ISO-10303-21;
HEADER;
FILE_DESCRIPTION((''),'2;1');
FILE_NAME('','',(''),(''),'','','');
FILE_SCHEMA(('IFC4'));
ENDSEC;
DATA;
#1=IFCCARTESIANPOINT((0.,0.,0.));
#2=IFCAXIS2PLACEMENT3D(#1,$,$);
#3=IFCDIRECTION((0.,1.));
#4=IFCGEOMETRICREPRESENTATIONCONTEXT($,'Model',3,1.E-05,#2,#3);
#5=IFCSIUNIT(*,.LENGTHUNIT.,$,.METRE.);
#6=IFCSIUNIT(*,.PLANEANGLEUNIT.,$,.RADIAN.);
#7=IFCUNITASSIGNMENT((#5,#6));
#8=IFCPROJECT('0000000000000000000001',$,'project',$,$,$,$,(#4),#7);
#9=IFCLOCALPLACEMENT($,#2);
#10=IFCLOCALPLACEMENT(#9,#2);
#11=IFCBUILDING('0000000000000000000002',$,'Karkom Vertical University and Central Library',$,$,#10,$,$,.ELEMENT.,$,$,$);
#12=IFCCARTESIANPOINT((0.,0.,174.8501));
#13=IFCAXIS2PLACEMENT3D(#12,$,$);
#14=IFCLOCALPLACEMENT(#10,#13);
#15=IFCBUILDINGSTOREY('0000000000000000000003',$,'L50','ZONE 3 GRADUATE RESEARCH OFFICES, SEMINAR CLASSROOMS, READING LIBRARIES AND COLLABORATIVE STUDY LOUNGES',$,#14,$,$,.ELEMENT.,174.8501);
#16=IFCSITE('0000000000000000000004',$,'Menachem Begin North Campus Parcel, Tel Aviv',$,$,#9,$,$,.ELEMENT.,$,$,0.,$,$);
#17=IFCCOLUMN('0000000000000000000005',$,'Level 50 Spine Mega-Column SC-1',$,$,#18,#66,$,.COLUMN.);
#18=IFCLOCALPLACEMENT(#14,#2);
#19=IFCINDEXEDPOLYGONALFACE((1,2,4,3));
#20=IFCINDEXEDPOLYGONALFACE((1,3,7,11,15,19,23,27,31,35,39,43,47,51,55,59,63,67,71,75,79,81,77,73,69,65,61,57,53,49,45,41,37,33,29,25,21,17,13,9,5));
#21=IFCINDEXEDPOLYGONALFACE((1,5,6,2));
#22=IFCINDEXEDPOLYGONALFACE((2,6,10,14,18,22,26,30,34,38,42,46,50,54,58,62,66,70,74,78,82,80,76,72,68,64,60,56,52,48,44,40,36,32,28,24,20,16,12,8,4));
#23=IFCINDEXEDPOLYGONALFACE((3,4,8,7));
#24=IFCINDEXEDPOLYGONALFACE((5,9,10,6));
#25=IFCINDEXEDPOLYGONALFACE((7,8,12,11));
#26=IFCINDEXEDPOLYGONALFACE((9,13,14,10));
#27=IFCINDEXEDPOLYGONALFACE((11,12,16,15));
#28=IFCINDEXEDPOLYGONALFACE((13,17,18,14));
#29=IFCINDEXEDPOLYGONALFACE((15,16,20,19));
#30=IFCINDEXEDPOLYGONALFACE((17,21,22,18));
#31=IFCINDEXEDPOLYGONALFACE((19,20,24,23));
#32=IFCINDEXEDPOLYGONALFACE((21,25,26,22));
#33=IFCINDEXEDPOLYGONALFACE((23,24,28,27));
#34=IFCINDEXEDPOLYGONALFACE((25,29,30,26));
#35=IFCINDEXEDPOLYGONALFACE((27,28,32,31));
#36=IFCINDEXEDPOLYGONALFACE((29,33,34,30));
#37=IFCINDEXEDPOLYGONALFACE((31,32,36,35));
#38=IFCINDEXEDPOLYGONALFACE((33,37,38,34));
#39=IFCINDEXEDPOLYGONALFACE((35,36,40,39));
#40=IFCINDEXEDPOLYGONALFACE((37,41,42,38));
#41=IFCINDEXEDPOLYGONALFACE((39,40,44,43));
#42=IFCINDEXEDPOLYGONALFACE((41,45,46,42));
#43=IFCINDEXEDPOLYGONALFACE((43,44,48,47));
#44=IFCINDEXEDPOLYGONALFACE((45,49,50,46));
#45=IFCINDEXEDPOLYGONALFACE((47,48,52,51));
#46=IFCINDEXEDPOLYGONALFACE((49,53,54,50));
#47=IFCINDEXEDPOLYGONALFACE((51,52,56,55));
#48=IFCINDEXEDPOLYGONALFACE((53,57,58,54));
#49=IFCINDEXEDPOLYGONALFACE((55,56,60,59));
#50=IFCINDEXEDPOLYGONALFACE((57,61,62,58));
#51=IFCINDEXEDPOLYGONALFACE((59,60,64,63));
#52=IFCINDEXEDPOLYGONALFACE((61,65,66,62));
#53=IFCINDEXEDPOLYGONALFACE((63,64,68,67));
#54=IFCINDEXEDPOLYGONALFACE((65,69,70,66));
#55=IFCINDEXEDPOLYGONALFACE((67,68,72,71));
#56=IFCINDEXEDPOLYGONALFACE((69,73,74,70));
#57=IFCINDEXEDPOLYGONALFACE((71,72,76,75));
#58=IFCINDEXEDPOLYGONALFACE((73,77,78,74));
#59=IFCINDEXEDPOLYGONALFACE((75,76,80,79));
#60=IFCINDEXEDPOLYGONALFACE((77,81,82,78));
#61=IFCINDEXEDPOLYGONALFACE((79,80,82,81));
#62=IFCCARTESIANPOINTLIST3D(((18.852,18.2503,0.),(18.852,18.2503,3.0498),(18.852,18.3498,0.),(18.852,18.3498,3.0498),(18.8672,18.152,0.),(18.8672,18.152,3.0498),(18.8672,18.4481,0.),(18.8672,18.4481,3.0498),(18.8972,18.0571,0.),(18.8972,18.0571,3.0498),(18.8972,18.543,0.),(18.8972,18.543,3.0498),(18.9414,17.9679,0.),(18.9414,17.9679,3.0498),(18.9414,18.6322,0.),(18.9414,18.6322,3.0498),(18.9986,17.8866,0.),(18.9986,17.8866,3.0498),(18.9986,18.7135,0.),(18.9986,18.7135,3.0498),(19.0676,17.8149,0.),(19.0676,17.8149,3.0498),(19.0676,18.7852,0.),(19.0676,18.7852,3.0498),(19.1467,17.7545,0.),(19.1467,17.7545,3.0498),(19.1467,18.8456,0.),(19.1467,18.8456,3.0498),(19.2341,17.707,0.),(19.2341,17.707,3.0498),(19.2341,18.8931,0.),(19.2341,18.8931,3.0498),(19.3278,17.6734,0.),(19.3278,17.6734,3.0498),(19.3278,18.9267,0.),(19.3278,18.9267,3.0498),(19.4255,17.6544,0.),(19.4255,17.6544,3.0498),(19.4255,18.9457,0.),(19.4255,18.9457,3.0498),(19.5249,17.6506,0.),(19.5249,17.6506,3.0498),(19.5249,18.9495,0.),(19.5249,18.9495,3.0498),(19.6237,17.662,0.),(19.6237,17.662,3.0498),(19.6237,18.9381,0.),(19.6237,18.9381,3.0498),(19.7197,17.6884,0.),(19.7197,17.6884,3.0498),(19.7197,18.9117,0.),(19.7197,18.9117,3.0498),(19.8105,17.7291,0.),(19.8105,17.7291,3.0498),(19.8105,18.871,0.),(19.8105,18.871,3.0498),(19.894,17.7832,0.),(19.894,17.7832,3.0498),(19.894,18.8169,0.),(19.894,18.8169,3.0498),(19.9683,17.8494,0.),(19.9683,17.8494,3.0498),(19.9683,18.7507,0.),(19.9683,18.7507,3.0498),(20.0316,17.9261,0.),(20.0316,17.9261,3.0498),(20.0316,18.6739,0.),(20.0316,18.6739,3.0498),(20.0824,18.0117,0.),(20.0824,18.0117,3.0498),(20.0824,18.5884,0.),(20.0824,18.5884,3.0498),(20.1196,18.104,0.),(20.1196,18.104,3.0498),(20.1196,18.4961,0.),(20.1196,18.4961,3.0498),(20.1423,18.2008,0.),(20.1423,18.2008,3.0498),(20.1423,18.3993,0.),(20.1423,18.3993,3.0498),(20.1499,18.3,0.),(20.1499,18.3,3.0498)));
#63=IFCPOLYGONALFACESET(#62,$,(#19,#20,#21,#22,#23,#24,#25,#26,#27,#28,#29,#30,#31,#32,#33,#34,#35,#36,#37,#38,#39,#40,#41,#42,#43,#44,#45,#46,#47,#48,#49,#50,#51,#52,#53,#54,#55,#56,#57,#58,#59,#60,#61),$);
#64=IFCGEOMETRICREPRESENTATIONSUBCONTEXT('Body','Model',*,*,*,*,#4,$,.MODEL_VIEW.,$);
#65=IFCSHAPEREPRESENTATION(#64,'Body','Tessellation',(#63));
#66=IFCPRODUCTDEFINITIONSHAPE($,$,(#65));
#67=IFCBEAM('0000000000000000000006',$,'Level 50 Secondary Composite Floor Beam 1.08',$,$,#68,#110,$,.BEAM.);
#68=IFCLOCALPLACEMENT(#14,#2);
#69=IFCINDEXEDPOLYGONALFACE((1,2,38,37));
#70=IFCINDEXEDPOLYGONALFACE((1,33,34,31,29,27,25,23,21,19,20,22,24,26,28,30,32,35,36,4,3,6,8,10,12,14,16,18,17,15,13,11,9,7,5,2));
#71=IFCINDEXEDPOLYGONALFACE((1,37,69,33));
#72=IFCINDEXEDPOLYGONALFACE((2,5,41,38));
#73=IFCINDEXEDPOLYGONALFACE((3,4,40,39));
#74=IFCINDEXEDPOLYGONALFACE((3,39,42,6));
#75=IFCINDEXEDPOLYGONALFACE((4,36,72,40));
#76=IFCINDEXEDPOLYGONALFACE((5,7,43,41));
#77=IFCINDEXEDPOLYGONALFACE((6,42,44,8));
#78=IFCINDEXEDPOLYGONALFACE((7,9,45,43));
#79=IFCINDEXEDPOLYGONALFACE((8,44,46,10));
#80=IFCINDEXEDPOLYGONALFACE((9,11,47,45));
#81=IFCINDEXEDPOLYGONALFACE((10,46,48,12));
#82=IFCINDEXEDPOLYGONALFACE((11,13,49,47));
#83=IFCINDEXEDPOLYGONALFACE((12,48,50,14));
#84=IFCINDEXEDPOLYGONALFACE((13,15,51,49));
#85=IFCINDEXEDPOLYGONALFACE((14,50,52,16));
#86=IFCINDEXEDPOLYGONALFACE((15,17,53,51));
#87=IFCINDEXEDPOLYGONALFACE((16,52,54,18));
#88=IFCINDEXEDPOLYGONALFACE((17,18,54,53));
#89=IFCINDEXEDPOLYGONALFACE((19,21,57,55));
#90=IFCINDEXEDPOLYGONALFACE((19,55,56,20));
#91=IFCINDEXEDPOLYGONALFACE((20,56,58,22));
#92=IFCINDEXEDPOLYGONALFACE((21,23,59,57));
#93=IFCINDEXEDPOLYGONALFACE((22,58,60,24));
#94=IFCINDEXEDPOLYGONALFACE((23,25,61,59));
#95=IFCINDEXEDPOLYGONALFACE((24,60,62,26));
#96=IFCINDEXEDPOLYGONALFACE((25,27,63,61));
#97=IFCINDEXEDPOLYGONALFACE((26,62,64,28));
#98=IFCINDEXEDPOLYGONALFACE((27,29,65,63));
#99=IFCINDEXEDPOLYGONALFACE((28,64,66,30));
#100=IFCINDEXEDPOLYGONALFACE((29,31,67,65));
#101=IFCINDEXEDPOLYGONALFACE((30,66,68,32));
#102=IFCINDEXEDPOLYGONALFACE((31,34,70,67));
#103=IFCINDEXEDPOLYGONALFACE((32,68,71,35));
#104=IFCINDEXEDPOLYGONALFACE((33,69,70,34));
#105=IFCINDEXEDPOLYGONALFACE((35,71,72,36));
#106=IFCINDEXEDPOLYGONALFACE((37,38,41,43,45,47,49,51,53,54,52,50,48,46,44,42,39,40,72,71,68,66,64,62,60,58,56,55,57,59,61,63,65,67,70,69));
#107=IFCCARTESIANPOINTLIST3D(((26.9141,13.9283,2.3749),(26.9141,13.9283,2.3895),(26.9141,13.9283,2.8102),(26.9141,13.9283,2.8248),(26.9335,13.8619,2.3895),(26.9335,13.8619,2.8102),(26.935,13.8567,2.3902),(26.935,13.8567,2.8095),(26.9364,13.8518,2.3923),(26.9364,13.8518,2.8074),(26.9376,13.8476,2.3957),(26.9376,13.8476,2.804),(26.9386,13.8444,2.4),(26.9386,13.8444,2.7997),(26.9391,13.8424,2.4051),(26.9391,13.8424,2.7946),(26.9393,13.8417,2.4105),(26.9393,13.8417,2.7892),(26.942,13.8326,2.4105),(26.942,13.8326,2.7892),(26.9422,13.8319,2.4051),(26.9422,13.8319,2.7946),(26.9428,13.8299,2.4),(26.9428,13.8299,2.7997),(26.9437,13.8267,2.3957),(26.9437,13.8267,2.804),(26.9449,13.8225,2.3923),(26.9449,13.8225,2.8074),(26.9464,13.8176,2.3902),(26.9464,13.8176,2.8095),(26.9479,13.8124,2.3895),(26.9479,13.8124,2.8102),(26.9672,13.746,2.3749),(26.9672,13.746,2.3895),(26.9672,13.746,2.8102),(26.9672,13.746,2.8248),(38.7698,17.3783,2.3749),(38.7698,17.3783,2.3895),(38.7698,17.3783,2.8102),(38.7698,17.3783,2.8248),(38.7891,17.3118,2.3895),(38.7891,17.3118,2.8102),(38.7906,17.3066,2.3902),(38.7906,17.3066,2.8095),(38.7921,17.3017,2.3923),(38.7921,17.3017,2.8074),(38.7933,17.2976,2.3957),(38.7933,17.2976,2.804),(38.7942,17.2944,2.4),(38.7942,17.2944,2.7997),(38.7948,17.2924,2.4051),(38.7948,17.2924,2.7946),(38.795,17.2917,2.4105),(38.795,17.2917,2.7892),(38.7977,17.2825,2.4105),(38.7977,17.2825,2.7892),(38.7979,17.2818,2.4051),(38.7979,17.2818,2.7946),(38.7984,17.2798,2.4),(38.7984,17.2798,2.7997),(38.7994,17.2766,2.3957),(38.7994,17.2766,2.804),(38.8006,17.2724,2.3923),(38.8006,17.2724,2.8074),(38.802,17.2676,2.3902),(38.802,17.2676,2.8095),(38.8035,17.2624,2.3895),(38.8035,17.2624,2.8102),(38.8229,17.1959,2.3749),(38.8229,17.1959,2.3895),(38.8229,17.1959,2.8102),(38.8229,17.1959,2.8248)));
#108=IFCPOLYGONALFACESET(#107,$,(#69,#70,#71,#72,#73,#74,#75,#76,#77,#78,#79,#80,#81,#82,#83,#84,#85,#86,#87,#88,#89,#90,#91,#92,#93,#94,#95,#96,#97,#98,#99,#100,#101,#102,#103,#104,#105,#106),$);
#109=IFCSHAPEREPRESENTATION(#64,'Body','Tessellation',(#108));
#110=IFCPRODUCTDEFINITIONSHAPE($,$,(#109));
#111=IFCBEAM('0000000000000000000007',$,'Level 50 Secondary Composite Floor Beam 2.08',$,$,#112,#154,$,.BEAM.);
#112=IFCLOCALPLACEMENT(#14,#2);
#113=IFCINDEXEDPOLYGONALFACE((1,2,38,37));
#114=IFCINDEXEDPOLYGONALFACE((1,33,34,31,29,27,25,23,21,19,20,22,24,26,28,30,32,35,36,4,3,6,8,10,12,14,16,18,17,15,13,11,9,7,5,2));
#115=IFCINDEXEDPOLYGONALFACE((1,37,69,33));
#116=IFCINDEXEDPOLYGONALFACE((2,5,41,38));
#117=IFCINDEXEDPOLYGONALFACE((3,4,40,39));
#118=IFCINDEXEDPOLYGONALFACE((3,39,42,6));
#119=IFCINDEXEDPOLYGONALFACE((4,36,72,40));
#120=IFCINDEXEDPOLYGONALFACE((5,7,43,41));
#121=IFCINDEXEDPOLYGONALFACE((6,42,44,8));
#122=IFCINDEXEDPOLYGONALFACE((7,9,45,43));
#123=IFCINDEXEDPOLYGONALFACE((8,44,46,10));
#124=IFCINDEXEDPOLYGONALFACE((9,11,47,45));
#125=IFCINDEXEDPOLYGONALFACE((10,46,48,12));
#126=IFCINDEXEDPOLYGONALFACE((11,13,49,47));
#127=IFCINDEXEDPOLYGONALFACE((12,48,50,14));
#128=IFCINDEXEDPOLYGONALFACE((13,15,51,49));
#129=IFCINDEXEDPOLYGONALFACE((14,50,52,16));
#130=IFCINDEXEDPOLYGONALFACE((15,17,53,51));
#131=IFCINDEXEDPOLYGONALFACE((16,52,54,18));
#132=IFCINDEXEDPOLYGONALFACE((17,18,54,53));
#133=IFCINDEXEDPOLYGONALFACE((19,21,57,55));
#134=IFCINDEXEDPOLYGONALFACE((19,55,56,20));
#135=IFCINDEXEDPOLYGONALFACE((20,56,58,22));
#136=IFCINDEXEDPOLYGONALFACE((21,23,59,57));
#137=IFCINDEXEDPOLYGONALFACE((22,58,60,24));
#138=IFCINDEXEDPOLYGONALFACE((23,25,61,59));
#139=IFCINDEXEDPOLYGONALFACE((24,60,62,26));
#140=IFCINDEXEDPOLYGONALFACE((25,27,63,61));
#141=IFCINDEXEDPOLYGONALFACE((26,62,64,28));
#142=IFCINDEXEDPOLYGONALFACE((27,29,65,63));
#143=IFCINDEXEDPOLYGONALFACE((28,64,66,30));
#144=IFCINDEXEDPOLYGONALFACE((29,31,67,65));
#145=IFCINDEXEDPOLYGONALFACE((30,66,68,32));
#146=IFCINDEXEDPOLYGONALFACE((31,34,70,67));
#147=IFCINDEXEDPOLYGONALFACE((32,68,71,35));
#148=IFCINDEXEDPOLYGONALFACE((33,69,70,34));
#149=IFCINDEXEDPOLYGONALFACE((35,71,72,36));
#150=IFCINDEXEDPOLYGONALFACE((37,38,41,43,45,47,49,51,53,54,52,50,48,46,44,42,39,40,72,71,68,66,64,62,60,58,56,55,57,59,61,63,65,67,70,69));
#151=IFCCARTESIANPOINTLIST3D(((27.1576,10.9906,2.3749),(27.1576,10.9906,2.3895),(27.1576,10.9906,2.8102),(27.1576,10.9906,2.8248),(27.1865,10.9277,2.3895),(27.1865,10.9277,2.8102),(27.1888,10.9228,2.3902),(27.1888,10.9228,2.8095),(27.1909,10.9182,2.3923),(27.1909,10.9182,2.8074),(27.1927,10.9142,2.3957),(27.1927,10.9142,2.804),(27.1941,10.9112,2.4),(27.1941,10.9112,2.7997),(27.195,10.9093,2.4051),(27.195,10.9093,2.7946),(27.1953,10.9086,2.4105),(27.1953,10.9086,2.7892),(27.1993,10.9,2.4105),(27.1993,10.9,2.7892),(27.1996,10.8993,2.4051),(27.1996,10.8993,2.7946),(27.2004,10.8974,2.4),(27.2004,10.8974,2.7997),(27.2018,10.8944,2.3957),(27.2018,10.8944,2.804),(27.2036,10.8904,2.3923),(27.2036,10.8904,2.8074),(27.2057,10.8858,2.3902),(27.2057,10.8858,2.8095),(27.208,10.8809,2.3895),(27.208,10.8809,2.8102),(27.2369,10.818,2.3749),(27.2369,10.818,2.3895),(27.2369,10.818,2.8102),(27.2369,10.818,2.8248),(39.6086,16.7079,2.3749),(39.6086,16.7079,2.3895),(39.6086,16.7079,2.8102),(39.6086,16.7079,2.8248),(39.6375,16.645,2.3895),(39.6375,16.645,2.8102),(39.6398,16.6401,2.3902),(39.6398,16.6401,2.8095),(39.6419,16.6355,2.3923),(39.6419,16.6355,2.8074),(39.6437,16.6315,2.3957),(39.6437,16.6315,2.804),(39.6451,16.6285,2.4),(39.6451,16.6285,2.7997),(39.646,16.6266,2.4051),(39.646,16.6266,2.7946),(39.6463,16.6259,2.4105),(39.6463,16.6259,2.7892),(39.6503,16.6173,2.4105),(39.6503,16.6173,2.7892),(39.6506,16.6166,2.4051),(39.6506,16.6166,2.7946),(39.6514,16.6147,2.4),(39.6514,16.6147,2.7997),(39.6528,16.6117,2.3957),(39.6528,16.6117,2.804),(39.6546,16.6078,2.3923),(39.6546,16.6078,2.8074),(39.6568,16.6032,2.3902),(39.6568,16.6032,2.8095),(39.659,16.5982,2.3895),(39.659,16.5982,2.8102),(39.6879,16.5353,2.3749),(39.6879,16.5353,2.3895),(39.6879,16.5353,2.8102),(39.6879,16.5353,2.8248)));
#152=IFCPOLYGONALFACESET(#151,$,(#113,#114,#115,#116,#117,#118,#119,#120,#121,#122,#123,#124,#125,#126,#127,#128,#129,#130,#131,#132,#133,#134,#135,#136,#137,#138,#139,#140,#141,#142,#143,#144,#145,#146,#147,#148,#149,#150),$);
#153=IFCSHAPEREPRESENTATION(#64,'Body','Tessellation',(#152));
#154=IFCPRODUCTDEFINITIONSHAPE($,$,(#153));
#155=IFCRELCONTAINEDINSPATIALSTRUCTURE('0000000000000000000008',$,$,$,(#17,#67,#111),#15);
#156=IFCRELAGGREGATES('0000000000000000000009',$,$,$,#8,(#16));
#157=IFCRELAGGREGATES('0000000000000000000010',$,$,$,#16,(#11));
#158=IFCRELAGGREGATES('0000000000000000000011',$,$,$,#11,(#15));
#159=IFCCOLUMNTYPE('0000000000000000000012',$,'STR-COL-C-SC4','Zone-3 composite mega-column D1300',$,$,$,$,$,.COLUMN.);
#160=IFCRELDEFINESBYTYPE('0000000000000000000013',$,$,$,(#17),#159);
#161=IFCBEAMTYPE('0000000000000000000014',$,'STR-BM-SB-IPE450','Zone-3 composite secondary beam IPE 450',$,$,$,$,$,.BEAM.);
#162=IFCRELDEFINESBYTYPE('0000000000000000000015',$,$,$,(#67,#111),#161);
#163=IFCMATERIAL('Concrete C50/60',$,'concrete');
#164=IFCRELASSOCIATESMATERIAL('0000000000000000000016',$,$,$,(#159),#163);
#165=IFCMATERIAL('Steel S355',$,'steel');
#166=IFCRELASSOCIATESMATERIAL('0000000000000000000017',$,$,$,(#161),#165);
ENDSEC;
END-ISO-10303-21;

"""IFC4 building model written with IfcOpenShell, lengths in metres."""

from ifc_helpers import new_model, si_unit, direction, frame, origin, origin_with_axes, origin_2d, place, context, subcontext, project, spatial, circle, i_section, extrude, source, transform, mapped, material, material_profile, profile_set, type_object, element, save


model = new_model("IFC4")

# Units and contexts
model_context = context("Model", 3, precision=1e-05, world=origin(), true_north=direction((0.0, 1.0)))
body_context = subcontext(model_context, "Body", "Model", "MODEL_VIEW")
ifc_project = project(units=[si_unit("LENGTHUNIT", "METRE"), si_unit("PLANEANGLEUNIT", "RADIAN")], contexts=[model_context])

# Site, building, storey
site_placement = place(None, origin())
site = spatial("IfcSite", under=ifc_project, at=site_placement, Name="Menachem Begin North Campus Parcel, Tel Aviv", CompositionType="ELEMENT", RefElevation=0.0)
building_placement = place(site_placement, origin())
building = spatial("IfcBuilding", under=site, at=building_placement, Name="Karkom Vertical University and Central Library", CompositionType="ELEMENT")
storey_placement = place(building_placement, frame((0.0, 0.0, 174.8501)))
storey = spatial("IfcBuildingStorey", under=building, at=storey_placement, Name="L50", Description="ZONE 3 GRADUATE RESEARCH OFFICES, SEMINAR CLASSROOMS, READING LIBRARIES AND COLLABORATIVE STUDY LOUNGES", CompositionType="ELEMENT", Elevation=174.8501)

# Column
ifc_material_1 = material(Name="Concrete C50/60", Category="concrete")
ifc_material_profile_1 = material_profile(ifc_material_1, circle(Radius=0.6499, at=origin_2d()), Name="CFT-D1300")
ifc_profile_set_1 = profile_set([ifc_material_profile_1], Name="Concrete C50/60")
column_type = type_object("IfcColumnType", Name="STR-COL-C-SC4", Description="Zone-3 composite mega-column D1300", PredefinedType="COLUMN", material=ifc_profile_set_1)
shared_shape_1 = source(origin_with_axes(), body_context, "Body", "SweptSolid", [
    extrude(circle(Radius=0.6499, at=origin_2d()), origin(), (0.0, 0.0, 1.0), 3.0498),
])
column_placement = place(storey_placement, frame((19.5, 18.3, 0.0), z_axis=(0.0, 0.0, 1.0), x_axis=(1.0, 0.0, 0.0)))
element("IfcColumn", 1, at=column_placement, inside=storey, type_object=column_type, Name="Level 50 Spine Mega-Column SC-1", PredefinedType="COLUMN", context=body_context, shape_type="MappedRepresentation", body=[
    mapped(shared_shape_1, transform((0.0, 0.0, 0.0), scale=1.0)),
])

# Beams
ifc_material_2 = material(Name="Steel S355", Category="steel")
ifc_material_profile_2 = material_profile(ifc_material_2, i_section(OverallWidth=0.1899, OverallDepth=0.45, WebThickness=0.0095, FlangeThickness=0.0146, FilletRadius=0.021, at=origin_2d()), Name="IPE 450")
ifc_profile_set_2 = profile_set([ifc_material_profile_2], Name="Steel S355")
beam_type_1 = type_object("IfcBeamType", Name="STR-BM-SB-IPE450", Description="Zone-3 composite secondary beam IPE 450", PredefinedType="BEAM", material=ifc_profile_set_2)
shared_shape_2 = source(origin_with_axes(), body_context, "Body", "SweptSolid", [
    extrude(i_section(OverallWidth=0.1899, OverallDepth=0.45, WebThickness=0.0095, FlangeThickness=0.0146, FilletRadius=0.021, at=origin_2d()), origin(), (0.0, 0.0, 1.0), 12.3474),
])
beam_1_placement = place(storey_placement, frame((26.9407, 13.8372, 2.5999), z_axis=(0.960173, 0.279405, 0.0), x_axis=(-0.279405, 0.960173, 0.0)))
element("IfcBeam", 2, at=beam_1_placement, inside=storey, type_object=beam_type_1, Name="Level 50 Secondary Composite Floor Beam 1.08", PredefinedType="BEAM", context=body_context, shape_type="MappedRepresentation", body=[
    mapped(shared_shape_2, transform((0.0, 0.0, 0.0), scale=1.0)),
])
shared_shape_3 = source(origin_with_axes(), body_context, "Body", "SweptSolid", [
    extrude(i_section(OverallWidth=0.1899, OverallDepth=0.45, WebThickness=0.0095, FlangeThickness=0.0146, FilletRadius=0.021, at=origin_2d()), origin(), (0.0, 0.0, 1.0), 13.7009),
])
beam_2_placement = place(storey_placement, frame((27.1973, 10.9043, 2.5999), z_axis=(0.908771, 0.417295, 0.0), x_axis=(-0.417295, 0.908771, 0.0)))
element("IfcBeam", 3, at=beam_2_placement, inside=storey, type_object=beam_type_1, Name="Level 50 Secondary Composite Floor Beam 2.08", PredefinedType="BEAM", context=body_context, shape_type="MappedRepresentation", body=[
    mapped(shared_shape_3, transform((0.0, 0.0, 0.0), scale=1.0)),
])

save(model, "model.ifc")
